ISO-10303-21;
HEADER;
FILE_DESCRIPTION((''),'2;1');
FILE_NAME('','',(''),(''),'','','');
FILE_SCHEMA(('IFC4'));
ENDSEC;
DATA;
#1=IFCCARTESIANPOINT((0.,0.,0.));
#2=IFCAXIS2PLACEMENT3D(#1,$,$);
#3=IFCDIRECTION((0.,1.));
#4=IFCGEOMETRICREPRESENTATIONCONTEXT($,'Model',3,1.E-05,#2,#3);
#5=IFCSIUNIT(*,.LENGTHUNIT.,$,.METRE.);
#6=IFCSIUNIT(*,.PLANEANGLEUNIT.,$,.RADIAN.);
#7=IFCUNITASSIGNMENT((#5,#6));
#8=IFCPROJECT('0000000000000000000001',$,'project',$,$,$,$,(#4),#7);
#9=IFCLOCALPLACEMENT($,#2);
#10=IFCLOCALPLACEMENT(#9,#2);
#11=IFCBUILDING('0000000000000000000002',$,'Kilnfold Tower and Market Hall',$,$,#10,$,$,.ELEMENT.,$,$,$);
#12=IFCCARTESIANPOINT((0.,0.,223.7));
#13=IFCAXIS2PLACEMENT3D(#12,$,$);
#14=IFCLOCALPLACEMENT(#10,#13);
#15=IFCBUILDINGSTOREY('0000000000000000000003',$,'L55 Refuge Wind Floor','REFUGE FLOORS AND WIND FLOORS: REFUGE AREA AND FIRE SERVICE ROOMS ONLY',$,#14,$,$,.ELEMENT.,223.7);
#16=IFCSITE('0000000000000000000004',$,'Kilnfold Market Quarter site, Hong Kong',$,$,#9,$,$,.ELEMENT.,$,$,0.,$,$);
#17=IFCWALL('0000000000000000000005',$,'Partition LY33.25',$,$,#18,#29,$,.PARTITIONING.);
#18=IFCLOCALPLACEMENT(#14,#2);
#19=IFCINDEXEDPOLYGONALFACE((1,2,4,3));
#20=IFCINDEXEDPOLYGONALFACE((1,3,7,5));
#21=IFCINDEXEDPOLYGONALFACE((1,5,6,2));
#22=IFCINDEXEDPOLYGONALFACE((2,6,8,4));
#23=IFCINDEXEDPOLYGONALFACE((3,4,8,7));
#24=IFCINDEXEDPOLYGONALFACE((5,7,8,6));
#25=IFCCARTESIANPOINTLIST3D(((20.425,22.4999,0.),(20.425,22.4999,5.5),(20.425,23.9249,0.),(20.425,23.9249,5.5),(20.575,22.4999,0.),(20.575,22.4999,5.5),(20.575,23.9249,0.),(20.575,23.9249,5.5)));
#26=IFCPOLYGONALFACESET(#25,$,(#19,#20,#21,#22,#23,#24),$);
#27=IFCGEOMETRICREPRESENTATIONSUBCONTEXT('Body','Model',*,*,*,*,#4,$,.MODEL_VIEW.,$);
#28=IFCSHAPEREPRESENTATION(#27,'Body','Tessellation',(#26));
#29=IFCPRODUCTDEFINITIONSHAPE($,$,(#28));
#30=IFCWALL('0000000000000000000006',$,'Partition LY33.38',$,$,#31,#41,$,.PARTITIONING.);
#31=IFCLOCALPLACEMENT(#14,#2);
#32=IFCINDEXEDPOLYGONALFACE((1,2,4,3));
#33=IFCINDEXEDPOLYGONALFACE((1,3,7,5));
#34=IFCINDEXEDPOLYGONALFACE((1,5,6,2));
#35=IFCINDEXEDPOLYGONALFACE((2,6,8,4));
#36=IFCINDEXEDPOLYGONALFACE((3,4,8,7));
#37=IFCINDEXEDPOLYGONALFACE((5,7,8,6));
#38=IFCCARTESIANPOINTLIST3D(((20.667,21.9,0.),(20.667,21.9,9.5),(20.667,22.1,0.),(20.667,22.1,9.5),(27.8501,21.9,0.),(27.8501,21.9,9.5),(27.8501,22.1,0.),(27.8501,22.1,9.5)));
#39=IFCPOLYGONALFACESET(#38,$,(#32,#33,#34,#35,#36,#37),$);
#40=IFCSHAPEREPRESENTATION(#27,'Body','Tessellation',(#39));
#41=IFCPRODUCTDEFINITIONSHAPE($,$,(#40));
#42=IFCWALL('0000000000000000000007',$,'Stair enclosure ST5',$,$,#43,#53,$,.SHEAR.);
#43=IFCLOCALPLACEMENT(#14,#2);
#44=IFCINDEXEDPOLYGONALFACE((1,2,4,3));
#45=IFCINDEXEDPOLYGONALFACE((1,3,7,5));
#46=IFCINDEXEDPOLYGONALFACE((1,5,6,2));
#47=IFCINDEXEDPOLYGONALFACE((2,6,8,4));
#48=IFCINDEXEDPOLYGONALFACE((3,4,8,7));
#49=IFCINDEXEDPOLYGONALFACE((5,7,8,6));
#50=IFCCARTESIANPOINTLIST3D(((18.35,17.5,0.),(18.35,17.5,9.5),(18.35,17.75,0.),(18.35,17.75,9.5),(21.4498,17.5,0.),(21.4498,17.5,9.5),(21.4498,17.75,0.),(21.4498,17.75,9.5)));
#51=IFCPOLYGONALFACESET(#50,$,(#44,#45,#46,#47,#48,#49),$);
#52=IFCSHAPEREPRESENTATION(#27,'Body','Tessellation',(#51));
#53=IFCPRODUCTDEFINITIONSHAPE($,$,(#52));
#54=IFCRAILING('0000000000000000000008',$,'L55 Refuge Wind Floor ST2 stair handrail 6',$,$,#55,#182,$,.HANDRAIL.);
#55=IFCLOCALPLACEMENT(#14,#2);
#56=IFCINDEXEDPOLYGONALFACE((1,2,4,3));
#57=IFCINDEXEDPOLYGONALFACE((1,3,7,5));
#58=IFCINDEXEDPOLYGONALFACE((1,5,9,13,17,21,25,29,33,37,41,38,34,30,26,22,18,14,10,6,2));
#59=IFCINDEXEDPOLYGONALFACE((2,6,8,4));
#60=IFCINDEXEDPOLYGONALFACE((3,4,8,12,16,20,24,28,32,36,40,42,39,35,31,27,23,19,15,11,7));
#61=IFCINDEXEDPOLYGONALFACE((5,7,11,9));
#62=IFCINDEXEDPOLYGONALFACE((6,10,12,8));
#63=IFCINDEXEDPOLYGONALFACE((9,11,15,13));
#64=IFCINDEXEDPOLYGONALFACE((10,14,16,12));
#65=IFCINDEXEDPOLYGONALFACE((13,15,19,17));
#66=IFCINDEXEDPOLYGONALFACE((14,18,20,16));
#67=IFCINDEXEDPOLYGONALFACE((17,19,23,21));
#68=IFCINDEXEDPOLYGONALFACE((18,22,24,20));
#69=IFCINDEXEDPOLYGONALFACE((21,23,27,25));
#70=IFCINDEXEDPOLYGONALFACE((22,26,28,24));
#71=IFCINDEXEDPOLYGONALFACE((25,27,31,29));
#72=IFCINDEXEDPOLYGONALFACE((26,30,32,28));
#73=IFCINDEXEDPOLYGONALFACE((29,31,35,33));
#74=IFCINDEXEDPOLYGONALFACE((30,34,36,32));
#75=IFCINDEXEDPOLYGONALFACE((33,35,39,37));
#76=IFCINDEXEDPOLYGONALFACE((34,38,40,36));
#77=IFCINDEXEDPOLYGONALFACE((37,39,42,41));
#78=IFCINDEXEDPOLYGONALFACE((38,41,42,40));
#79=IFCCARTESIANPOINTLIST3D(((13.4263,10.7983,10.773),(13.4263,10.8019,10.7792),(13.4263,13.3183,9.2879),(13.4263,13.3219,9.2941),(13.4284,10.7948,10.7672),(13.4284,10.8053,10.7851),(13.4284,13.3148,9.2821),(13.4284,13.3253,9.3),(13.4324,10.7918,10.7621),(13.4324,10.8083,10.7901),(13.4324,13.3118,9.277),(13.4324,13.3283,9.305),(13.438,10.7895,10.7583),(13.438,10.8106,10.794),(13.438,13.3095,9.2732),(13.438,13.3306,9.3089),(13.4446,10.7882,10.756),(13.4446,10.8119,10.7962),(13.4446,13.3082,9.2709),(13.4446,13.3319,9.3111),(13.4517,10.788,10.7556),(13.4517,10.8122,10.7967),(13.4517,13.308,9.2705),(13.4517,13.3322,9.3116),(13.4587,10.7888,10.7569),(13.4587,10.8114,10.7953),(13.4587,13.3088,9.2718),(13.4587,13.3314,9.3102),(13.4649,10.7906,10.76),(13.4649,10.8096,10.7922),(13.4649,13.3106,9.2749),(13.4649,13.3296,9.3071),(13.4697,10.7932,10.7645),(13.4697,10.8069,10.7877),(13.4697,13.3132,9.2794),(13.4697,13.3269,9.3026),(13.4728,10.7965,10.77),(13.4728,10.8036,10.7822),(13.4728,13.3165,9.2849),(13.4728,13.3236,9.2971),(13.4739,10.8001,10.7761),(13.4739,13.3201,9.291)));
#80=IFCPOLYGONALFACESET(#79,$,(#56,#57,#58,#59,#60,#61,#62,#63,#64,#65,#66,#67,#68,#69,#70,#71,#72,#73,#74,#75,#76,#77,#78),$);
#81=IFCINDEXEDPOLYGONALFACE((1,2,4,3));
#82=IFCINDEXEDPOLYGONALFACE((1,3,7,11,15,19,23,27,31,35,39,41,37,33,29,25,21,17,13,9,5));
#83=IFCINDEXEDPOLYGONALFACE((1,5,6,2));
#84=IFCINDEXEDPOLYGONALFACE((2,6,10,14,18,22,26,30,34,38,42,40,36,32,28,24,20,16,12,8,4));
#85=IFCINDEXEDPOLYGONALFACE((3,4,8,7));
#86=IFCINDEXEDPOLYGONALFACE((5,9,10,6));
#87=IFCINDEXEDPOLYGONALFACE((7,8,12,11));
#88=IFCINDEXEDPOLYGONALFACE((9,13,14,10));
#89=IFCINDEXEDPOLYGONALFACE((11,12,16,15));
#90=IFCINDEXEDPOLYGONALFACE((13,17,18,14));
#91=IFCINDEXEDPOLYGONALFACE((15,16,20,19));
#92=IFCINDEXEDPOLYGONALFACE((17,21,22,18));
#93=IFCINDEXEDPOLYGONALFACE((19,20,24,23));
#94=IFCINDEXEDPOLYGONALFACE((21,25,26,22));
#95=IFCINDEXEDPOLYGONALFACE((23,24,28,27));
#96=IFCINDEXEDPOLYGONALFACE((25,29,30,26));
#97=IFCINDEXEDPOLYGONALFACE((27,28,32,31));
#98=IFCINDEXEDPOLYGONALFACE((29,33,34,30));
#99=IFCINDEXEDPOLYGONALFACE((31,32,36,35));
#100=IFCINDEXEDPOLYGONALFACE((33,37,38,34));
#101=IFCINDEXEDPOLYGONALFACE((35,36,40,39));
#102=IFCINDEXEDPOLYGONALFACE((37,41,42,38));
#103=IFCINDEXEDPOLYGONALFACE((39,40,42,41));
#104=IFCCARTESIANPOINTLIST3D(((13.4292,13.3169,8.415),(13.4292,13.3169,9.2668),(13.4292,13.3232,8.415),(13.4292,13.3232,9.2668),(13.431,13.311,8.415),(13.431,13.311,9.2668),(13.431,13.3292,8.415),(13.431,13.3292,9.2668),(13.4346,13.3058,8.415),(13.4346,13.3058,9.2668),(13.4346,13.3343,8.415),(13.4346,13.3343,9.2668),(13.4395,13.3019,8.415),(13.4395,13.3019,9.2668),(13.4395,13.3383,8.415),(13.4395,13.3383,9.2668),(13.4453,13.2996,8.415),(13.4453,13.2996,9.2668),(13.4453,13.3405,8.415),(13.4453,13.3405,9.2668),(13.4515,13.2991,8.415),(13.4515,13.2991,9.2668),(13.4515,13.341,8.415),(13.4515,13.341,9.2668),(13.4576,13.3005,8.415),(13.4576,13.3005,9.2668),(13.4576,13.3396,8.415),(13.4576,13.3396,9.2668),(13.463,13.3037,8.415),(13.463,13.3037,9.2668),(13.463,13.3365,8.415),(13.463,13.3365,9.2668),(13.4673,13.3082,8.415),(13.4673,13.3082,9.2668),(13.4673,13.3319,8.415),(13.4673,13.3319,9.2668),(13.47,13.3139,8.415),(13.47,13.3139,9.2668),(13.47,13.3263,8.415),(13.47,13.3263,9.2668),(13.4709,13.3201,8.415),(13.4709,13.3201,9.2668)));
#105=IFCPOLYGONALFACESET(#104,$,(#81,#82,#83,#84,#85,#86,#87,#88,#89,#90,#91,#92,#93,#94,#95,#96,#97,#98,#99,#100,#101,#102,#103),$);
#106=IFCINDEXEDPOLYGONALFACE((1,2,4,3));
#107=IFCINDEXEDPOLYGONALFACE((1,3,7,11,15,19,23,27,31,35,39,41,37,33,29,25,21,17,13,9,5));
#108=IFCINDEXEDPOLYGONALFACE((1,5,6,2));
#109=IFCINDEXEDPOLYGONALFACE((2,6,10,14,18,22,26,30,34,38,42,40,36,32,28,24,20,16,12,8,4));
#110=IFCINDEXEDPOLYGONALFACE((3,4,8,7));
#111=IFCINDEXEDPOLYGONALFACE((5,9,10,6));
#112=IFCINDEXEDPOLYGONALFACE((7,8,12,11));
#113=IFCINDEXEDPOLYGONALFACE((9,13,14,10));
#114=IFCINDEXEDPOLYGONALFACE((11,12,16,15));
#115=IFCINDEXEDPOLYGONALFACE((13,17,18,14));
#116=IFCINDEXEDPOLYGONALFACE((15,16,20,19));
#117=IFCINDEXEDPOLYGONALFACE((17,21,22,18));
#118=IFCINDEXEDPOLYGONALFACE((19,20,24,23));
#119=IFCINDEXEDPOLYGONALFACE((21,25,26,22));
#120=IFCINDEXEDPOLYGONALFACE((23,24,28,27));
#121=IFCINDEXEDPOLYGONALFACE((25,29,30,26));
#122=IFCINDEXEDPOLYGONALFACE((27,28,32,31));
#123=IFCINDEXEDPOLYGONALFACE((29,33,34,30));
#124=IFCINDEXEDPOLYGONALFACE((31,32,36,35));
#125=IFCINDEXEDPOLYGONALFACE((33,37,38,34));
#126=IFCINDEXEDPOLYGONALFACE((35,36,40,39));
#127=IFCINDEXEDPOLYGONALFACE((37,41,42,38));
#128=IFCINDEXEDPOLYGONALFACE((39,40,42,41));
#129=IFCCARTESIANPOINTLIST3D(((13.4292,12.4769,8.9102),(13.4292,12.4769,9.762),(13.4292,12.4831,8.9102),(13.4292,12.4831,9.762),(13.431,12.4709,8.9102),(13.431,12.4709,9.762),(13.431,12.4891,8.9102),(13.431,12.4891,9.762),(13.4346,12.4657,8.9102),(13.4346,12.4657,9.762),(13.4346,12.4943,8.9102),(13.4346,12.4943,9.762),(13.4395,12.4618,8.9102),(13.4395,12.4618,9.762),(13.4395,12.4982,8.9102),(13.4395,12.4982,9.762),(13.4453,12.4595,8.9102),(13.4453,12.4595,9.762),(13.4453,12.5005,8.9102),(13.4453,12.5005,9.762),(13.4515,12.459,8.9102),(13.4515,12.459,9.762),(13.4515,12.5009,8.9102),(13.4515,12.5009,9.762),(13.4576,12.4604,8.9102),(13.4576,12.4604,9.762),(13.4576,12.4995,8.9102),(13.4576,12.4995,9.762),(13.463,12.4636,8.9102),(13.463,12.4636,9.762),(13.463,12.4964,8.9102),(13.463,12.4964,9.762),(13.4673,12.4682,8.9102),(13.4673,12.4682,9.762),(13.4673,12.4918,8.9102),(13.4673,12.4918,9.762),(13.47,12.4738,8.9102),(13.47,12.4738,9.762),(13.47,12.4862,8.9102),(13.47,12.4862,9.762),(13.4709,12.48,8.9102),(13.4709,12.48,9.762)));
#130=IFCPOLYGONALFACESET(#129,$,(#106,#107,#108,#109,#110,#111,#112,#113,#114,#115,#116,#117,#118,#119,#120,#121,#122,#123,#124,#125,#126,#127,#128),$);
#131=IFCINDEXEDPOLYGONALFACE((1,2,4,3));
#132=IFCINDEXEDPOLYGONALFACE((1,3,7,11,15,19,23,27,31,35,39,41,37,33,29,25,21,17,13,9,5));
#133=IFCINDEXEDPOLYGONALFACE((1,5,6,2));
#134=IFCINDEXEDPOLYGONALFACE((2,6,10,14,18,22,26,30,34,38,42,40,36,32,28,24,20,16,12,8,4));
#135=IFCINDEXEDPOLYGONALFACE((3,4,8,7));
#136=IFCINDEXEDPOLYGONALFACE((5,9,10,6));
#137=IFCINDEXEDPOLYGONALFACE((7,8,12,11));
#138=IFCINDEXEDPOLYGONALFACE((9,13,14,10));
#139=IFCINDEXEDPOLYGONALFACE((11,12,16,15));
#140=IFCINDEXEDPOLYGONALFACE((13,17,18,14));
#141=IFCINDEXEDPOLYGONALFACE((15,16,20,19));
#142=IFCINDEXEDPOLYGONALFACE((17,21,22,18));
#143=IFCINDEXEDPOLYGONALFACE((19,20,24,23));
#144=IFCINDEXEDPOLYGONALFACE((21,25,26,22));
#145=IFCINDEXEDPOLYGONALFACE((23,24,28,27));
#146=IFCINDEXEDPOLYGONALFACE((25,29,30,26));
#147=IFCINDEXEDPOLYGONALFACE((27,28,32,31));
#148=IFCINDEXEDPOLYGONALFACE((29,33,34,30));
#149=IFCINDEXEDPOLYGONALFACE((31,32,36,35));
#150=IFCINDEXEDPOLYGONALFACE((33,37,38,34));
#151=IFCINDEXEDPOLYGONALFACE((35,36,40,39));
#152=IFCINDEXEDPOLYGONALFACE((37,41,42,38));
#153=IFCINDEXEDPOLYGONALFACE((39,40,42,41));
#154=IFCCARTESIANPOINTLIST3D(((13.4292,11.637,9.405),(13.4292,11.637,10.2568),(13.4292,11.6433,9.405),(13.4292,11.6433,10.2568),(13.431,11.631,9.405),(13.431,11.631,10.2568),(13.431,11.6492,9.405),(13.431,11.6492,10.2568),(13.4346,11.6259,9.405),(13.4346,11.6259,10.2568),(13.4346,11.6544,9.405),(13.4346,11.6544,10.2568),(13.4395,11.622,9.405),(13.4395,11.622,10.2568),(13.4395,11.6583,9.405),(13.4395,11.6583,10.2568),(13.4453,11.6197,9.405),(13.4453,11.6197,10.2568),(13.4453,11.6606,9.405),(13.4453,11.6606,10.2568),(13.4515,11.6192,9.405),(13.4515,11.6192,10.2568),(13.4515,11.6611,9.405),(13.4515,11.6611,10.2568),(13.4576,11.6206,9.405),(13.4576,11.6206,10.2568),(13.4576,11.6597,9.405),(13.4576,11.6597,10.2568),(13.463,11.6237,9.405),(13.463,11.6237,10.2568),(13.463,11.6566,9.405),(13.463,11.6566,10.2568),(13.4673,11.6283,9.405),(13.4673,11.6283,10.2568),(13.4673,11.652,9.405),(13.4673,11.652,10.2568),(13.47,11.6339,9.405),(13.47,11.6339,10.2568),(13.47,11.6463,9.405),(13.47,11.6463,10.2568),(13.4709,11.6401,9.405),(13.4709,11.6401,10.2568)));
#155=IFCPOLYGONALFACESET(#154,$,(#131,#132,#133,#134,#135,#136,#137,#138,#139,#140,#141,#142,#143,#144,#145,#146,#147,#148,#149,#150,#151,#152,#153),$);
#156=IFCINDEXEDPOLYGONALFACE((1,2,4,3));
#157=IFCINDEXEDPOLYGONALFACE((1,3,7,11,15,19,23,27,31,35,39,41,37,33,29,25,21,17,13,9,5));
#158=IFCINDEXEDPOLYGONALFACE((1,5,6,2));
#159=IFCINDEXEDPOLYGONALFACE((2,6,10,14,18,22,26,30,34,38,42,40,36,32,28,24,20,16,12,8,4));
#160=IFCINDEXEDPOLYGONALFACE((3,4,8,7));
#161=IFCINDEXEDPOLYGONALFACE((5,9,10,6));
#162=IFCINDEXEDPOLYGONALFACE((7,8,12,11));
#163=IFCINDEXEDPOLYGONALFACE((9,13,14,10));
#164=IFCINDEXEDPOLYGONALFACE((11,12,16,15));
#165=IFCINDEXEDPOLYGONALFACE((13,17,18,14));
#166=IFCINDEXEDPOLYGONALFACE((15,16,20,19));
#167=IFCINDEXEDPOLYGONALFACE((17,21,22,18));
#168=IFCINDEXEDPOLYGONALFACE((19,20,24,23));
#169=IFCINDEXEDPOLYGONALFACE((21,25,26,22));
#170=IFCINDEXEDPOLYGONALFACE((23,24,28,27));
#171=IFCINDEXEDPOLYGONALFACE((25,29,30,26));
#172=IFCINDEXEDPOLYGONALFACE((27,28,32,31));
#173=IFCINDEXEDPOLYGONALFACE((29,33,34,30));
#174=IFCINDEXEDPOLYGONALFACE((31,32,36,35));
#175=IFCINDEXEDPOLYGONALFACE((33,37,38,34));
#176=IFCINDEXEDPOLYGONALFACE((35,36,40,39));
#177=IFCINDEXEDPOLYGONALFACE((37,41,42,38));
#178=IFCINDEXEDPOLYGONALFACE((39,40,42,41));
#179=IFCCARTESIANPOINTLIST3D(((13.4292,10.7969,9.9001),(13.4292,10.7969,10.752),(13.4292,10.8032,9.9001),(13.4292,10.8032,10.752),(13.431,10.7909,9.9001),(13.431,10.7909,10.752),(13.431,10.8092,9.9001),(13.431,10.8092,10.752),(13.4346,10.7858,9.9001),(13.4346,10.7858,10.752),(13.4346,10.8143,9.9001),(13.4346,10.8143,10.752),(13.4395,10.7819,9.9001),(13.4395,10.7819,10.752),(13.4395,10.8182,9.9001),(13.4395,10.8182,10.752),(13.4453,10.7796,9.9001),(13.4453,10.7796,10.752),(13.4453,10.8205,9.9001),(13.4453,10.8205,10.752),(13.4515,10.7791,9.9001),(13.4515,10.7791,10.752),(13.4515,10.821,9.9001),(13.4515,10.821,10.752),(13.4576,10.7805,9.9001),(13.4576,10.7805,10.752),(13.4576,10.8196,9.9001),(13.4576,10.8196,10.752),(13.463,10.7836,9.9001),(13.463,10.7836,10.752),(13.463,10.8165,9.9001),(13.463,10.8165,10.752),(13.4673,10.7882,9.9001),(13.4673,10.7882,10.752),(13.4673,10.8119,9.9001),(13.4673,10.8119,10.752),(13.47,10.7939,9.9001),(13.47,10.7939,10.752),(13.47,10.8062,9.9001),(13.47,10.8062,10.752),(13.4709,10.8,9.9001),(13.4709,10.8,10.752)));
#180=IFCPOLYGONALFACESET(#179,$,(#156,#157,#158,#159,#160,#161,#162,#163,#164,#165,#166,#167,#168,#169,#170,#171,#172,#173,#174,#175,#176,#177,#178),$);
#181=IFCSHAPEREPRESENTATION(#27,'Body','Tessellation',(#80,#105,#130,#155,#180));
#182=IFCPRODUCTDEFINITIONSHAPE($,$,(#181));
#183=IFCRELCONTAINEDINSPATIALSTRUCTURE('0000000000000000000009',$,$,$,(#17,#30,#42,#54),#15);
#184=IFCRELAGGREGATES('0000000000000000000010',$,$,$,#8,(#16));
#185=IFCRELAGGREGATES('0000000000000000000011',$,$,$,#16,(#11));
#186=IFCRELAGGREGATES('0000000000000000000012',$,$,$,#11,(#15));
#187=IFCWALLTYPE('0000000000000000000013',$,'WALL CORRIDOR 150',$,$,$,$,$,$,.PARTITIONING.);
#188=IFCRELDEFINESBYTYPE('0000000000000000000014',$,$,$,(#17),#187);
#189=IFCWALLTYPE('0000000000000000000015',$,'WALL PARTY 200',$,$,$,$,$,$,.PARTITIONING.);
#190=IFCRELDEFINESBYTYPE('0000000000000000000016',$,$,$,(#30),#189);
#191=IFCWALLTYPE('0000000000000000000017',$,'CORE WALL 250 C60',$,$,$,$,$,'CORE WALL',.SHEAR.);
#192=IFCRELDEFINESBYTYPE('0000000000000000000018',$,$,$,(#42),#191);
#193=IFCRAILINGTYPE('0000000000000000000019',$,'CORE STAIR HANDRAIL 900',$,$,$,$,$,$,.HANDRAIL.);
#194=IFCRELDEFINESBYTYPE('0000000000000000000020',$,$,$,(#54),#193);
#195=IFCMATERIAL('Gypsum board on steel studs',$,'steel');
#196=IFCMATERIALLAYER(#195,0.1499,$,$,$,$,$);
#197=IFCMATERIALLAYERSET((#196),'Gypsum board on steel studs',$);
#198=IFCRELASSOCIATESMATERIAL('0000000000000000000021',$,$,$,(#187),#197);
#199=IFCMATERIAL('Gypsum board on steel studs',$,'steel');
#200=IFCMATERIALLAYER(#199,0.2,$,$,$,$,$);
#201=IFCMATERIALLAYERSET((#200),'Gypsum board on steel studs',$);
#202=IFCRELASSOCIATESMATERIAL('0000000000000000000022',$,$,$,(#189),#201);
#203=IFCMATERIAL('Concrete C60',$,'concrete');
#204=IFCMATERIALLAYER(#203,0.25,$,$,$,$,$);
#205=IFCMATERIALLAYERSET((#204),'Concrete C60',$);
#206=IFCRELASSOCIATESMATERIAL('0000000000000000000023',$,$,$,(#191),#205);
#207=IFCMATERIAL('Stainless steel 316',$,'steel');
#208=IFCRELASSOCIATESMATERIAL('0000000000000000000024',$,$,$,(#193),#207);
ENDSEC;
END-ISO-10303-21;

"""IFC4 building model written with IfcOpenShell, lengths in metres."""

from ifc_helpers import new_model, si_unit, direction, frame, frame_2d, origin, origin_2d, place, context, subcontext, project, spatial, rectangle, circle, extrude, source, transform, mapped, material, layer, layer_set, type_object, element, save


model = new_model("IFC4")

# Units and contexts
model_context = context("Model", 3, precision=1e-05, world=origin(), true_north=direction((0.0, 1.0)))
body_context = subcontext(model_context, "Body", "Model", "MODEL_VIEW")
ifc_project = project(units=[si_unit("LENGTHUNIT", "METRE"), si_unit("PLANEANGLEUNIT", "RADIAN")], contexts=[model_context])

# Site, building, storey
site_placement = place(None, origin())
site = spatial("IfcSite", under=ifc_project, at=site_placement, Name="Kilnfold Market Quarter site, Hong Kong", CompositionType="ELEMENT", RefElevation=0.0)
building_placement = place(site_placement, origin())
building = spatial("IfcBuilding", under=site, at=building_placement, Name="Kilnfold Tower and Market Hall", CompositionType="ELEMENT")
storey_placement = place(building_placement, frame((0.0, 0.0, 223.7)))
storey = spatial("IfcBuildingStorey", under=building, at=storey_placement, Name="L55 Refuge Wind Floor", Description="REFUGE FLOORS AND WIND FLOORS: REFUGE AREA AND FIRE SERVICE ROOMS ONLY", CompositionType="ELEMENT", Elevation=223.7)

# Shared definitions
ifc_material_1 = material(Name="Gypsum board on steel studs", Category="steel")
ifc_layer_1 = layer(ifc_material_1, 0.1499)
ifc_layer_set_1 = layer_set([ifc_layer_1], Name="Gypsum board on steel studs")
wall_type_1 = type_object("IfcWallType", Name="WALL CORRIDOR 150", PredefinedType="PARTITIONING", material=ifc_layer_set_1)

# Walls
wall_1_placement = place(storey_placement, frame((20.5, 22.5, 0.0), z_axis=(0.0, 0.0, 1.0), x_axis=(0.0, 1.0, 0.0)))
element("IfcWall", 1, at=wall_1_placement, inside=storey, type_object=wall_type_1, Name="Partition LY33.25", PredefinedType="PARTITIONING", context=body_context, shape_type="SweptSolid", body=[
    extrude(rectangle(XDim=1.425, YDim=0.1499, at=frame_2d((0.7124, 0.0))), origin(), (0.0, 0.0, 1.0), 5.5),
])
ifc_material_2 = material(Name="Gypsum board on steel studs", Category="steel")
ifc_layer_2 = layer(ifc_material_2, 0.2)
ifc_layer_set_2 = layer_set([ifc_layer_2], Name="Gypsum board on steel studs")
wall_type_2 = type_object("IfcWallType", Name="WALL PARTY 200", PredefinedType="PARTITIONING", material=ifc_layer_set_2)
wall_2_placement = place(storey_placement, frame((27.8501, 22.0, 0.0), z_axis=(0.0, 0.0, 1.0), x_axis=(-1.0, 0.0, 0.0)))
element("IfcWall", 2, at=wall_2_placement, inside=storey, type_object=wall_type_2, Name="Partition LY33.38", PredefinedType="PARTITIONING", context=body_context, shape_type="SweptSolid", body=[
    extrude(rectangle(XDim=7.1831, YDim=0.2, at=frame_2d((3.5916, 0.0))), origin(), (0.0, 0.0, 1.0), 9.5),
])
ifc_material_3 = material(Name="Concrete C60", Category="concrete")
ifc_layer_3 = layer(ifc_material_3, 0.25)
ifc_layer_set_3 = layer_set([ifc_layer_3], Name="Concrete C60")
wall_type_3 = type_object("IfcWallType", Name="CORE WALL 250 C60", ElementType="CORE WALL", PredefinedType="SHEAR", material=ifc_layer_set_3)
shared_shape_1 = source(origin(), body_context, "Body", "SweptSolid", [
    extrude(rectangle(XDim=3.0999, YDim=0.25, at=frame_2d((1.5498, 0.0))), origin(), (0.0, 0.0, 1.0), 9.5),
])
wall_3_placement = place(storey_placement, frame((18.3501, 17.625, 0.0), z_axis=(0.0, 0.0, 1.0), x_axis=(1.0, 0.0, 0.0)))
element("IfcWall", 3, at=wall_3_placement, inside=storey, type_object=wall_type_3, Name="Stair enclosure ST5", PredefinedType="SHEAR", context=body_context, shape_type="MappedRepresentation", body=[
    mapped(shared_shape_1, transform((0.0, 0.0, 0.0))),
])

# Railing
ifc_material_4 = material(Name="Stainless steel 316", Category="steel")
railing_type_1 = type_object("IfcRailingType", Name="CORE STAIR HANDRAIL 900", PredefinedType="HANDRAIL", material=ifc_material_4)
railing_1_placement = place(storey_placement, frame((13.45, 13.3201, 8.415)))
element("IfcRailing", 4, at=railing_1_placement, inside=storey, type_object=railing_type_1, Name="L55 Refuge Wind Floor ST2 stair handrail 6", PredefinedType="HANDRAIL", context=body_context, shape_type="SweptSolid", body=[
    extrude(circle(Radius=0.0239, at=origin_2d()), frame((0.0, 0.0, 0.876), z_axis=(0.0, -0.861524, 0.507717), x_axis=(1.0, 0.0, 0.0)), (0.0, 0.0, 1.0), 2.925),
    extrude(circle(Radius=0.021, at=origin_2d()), origin(), (0.0, 0.0, 1.0), 0.8518),
    extrude(circle(Radius=0.021, at=origin_2d()), frame((0.0, -0.8401, 0.4951)), (0.0, 0.0, 1.0), 0.8518),
    extrude(circle(Radius=0.021, at=origin_2d()), frame((0.0, -1.6799, 0.99)), (0.0, 0.0, 1.0), 0.8518),
    extrude(circle(Radius=0.021, at=origin_2d()), frame((0.0, -2.52, 1.4851)), (0.0, 0.0, 1.0), 0.8518),
])

save(model, "model.ifc")
